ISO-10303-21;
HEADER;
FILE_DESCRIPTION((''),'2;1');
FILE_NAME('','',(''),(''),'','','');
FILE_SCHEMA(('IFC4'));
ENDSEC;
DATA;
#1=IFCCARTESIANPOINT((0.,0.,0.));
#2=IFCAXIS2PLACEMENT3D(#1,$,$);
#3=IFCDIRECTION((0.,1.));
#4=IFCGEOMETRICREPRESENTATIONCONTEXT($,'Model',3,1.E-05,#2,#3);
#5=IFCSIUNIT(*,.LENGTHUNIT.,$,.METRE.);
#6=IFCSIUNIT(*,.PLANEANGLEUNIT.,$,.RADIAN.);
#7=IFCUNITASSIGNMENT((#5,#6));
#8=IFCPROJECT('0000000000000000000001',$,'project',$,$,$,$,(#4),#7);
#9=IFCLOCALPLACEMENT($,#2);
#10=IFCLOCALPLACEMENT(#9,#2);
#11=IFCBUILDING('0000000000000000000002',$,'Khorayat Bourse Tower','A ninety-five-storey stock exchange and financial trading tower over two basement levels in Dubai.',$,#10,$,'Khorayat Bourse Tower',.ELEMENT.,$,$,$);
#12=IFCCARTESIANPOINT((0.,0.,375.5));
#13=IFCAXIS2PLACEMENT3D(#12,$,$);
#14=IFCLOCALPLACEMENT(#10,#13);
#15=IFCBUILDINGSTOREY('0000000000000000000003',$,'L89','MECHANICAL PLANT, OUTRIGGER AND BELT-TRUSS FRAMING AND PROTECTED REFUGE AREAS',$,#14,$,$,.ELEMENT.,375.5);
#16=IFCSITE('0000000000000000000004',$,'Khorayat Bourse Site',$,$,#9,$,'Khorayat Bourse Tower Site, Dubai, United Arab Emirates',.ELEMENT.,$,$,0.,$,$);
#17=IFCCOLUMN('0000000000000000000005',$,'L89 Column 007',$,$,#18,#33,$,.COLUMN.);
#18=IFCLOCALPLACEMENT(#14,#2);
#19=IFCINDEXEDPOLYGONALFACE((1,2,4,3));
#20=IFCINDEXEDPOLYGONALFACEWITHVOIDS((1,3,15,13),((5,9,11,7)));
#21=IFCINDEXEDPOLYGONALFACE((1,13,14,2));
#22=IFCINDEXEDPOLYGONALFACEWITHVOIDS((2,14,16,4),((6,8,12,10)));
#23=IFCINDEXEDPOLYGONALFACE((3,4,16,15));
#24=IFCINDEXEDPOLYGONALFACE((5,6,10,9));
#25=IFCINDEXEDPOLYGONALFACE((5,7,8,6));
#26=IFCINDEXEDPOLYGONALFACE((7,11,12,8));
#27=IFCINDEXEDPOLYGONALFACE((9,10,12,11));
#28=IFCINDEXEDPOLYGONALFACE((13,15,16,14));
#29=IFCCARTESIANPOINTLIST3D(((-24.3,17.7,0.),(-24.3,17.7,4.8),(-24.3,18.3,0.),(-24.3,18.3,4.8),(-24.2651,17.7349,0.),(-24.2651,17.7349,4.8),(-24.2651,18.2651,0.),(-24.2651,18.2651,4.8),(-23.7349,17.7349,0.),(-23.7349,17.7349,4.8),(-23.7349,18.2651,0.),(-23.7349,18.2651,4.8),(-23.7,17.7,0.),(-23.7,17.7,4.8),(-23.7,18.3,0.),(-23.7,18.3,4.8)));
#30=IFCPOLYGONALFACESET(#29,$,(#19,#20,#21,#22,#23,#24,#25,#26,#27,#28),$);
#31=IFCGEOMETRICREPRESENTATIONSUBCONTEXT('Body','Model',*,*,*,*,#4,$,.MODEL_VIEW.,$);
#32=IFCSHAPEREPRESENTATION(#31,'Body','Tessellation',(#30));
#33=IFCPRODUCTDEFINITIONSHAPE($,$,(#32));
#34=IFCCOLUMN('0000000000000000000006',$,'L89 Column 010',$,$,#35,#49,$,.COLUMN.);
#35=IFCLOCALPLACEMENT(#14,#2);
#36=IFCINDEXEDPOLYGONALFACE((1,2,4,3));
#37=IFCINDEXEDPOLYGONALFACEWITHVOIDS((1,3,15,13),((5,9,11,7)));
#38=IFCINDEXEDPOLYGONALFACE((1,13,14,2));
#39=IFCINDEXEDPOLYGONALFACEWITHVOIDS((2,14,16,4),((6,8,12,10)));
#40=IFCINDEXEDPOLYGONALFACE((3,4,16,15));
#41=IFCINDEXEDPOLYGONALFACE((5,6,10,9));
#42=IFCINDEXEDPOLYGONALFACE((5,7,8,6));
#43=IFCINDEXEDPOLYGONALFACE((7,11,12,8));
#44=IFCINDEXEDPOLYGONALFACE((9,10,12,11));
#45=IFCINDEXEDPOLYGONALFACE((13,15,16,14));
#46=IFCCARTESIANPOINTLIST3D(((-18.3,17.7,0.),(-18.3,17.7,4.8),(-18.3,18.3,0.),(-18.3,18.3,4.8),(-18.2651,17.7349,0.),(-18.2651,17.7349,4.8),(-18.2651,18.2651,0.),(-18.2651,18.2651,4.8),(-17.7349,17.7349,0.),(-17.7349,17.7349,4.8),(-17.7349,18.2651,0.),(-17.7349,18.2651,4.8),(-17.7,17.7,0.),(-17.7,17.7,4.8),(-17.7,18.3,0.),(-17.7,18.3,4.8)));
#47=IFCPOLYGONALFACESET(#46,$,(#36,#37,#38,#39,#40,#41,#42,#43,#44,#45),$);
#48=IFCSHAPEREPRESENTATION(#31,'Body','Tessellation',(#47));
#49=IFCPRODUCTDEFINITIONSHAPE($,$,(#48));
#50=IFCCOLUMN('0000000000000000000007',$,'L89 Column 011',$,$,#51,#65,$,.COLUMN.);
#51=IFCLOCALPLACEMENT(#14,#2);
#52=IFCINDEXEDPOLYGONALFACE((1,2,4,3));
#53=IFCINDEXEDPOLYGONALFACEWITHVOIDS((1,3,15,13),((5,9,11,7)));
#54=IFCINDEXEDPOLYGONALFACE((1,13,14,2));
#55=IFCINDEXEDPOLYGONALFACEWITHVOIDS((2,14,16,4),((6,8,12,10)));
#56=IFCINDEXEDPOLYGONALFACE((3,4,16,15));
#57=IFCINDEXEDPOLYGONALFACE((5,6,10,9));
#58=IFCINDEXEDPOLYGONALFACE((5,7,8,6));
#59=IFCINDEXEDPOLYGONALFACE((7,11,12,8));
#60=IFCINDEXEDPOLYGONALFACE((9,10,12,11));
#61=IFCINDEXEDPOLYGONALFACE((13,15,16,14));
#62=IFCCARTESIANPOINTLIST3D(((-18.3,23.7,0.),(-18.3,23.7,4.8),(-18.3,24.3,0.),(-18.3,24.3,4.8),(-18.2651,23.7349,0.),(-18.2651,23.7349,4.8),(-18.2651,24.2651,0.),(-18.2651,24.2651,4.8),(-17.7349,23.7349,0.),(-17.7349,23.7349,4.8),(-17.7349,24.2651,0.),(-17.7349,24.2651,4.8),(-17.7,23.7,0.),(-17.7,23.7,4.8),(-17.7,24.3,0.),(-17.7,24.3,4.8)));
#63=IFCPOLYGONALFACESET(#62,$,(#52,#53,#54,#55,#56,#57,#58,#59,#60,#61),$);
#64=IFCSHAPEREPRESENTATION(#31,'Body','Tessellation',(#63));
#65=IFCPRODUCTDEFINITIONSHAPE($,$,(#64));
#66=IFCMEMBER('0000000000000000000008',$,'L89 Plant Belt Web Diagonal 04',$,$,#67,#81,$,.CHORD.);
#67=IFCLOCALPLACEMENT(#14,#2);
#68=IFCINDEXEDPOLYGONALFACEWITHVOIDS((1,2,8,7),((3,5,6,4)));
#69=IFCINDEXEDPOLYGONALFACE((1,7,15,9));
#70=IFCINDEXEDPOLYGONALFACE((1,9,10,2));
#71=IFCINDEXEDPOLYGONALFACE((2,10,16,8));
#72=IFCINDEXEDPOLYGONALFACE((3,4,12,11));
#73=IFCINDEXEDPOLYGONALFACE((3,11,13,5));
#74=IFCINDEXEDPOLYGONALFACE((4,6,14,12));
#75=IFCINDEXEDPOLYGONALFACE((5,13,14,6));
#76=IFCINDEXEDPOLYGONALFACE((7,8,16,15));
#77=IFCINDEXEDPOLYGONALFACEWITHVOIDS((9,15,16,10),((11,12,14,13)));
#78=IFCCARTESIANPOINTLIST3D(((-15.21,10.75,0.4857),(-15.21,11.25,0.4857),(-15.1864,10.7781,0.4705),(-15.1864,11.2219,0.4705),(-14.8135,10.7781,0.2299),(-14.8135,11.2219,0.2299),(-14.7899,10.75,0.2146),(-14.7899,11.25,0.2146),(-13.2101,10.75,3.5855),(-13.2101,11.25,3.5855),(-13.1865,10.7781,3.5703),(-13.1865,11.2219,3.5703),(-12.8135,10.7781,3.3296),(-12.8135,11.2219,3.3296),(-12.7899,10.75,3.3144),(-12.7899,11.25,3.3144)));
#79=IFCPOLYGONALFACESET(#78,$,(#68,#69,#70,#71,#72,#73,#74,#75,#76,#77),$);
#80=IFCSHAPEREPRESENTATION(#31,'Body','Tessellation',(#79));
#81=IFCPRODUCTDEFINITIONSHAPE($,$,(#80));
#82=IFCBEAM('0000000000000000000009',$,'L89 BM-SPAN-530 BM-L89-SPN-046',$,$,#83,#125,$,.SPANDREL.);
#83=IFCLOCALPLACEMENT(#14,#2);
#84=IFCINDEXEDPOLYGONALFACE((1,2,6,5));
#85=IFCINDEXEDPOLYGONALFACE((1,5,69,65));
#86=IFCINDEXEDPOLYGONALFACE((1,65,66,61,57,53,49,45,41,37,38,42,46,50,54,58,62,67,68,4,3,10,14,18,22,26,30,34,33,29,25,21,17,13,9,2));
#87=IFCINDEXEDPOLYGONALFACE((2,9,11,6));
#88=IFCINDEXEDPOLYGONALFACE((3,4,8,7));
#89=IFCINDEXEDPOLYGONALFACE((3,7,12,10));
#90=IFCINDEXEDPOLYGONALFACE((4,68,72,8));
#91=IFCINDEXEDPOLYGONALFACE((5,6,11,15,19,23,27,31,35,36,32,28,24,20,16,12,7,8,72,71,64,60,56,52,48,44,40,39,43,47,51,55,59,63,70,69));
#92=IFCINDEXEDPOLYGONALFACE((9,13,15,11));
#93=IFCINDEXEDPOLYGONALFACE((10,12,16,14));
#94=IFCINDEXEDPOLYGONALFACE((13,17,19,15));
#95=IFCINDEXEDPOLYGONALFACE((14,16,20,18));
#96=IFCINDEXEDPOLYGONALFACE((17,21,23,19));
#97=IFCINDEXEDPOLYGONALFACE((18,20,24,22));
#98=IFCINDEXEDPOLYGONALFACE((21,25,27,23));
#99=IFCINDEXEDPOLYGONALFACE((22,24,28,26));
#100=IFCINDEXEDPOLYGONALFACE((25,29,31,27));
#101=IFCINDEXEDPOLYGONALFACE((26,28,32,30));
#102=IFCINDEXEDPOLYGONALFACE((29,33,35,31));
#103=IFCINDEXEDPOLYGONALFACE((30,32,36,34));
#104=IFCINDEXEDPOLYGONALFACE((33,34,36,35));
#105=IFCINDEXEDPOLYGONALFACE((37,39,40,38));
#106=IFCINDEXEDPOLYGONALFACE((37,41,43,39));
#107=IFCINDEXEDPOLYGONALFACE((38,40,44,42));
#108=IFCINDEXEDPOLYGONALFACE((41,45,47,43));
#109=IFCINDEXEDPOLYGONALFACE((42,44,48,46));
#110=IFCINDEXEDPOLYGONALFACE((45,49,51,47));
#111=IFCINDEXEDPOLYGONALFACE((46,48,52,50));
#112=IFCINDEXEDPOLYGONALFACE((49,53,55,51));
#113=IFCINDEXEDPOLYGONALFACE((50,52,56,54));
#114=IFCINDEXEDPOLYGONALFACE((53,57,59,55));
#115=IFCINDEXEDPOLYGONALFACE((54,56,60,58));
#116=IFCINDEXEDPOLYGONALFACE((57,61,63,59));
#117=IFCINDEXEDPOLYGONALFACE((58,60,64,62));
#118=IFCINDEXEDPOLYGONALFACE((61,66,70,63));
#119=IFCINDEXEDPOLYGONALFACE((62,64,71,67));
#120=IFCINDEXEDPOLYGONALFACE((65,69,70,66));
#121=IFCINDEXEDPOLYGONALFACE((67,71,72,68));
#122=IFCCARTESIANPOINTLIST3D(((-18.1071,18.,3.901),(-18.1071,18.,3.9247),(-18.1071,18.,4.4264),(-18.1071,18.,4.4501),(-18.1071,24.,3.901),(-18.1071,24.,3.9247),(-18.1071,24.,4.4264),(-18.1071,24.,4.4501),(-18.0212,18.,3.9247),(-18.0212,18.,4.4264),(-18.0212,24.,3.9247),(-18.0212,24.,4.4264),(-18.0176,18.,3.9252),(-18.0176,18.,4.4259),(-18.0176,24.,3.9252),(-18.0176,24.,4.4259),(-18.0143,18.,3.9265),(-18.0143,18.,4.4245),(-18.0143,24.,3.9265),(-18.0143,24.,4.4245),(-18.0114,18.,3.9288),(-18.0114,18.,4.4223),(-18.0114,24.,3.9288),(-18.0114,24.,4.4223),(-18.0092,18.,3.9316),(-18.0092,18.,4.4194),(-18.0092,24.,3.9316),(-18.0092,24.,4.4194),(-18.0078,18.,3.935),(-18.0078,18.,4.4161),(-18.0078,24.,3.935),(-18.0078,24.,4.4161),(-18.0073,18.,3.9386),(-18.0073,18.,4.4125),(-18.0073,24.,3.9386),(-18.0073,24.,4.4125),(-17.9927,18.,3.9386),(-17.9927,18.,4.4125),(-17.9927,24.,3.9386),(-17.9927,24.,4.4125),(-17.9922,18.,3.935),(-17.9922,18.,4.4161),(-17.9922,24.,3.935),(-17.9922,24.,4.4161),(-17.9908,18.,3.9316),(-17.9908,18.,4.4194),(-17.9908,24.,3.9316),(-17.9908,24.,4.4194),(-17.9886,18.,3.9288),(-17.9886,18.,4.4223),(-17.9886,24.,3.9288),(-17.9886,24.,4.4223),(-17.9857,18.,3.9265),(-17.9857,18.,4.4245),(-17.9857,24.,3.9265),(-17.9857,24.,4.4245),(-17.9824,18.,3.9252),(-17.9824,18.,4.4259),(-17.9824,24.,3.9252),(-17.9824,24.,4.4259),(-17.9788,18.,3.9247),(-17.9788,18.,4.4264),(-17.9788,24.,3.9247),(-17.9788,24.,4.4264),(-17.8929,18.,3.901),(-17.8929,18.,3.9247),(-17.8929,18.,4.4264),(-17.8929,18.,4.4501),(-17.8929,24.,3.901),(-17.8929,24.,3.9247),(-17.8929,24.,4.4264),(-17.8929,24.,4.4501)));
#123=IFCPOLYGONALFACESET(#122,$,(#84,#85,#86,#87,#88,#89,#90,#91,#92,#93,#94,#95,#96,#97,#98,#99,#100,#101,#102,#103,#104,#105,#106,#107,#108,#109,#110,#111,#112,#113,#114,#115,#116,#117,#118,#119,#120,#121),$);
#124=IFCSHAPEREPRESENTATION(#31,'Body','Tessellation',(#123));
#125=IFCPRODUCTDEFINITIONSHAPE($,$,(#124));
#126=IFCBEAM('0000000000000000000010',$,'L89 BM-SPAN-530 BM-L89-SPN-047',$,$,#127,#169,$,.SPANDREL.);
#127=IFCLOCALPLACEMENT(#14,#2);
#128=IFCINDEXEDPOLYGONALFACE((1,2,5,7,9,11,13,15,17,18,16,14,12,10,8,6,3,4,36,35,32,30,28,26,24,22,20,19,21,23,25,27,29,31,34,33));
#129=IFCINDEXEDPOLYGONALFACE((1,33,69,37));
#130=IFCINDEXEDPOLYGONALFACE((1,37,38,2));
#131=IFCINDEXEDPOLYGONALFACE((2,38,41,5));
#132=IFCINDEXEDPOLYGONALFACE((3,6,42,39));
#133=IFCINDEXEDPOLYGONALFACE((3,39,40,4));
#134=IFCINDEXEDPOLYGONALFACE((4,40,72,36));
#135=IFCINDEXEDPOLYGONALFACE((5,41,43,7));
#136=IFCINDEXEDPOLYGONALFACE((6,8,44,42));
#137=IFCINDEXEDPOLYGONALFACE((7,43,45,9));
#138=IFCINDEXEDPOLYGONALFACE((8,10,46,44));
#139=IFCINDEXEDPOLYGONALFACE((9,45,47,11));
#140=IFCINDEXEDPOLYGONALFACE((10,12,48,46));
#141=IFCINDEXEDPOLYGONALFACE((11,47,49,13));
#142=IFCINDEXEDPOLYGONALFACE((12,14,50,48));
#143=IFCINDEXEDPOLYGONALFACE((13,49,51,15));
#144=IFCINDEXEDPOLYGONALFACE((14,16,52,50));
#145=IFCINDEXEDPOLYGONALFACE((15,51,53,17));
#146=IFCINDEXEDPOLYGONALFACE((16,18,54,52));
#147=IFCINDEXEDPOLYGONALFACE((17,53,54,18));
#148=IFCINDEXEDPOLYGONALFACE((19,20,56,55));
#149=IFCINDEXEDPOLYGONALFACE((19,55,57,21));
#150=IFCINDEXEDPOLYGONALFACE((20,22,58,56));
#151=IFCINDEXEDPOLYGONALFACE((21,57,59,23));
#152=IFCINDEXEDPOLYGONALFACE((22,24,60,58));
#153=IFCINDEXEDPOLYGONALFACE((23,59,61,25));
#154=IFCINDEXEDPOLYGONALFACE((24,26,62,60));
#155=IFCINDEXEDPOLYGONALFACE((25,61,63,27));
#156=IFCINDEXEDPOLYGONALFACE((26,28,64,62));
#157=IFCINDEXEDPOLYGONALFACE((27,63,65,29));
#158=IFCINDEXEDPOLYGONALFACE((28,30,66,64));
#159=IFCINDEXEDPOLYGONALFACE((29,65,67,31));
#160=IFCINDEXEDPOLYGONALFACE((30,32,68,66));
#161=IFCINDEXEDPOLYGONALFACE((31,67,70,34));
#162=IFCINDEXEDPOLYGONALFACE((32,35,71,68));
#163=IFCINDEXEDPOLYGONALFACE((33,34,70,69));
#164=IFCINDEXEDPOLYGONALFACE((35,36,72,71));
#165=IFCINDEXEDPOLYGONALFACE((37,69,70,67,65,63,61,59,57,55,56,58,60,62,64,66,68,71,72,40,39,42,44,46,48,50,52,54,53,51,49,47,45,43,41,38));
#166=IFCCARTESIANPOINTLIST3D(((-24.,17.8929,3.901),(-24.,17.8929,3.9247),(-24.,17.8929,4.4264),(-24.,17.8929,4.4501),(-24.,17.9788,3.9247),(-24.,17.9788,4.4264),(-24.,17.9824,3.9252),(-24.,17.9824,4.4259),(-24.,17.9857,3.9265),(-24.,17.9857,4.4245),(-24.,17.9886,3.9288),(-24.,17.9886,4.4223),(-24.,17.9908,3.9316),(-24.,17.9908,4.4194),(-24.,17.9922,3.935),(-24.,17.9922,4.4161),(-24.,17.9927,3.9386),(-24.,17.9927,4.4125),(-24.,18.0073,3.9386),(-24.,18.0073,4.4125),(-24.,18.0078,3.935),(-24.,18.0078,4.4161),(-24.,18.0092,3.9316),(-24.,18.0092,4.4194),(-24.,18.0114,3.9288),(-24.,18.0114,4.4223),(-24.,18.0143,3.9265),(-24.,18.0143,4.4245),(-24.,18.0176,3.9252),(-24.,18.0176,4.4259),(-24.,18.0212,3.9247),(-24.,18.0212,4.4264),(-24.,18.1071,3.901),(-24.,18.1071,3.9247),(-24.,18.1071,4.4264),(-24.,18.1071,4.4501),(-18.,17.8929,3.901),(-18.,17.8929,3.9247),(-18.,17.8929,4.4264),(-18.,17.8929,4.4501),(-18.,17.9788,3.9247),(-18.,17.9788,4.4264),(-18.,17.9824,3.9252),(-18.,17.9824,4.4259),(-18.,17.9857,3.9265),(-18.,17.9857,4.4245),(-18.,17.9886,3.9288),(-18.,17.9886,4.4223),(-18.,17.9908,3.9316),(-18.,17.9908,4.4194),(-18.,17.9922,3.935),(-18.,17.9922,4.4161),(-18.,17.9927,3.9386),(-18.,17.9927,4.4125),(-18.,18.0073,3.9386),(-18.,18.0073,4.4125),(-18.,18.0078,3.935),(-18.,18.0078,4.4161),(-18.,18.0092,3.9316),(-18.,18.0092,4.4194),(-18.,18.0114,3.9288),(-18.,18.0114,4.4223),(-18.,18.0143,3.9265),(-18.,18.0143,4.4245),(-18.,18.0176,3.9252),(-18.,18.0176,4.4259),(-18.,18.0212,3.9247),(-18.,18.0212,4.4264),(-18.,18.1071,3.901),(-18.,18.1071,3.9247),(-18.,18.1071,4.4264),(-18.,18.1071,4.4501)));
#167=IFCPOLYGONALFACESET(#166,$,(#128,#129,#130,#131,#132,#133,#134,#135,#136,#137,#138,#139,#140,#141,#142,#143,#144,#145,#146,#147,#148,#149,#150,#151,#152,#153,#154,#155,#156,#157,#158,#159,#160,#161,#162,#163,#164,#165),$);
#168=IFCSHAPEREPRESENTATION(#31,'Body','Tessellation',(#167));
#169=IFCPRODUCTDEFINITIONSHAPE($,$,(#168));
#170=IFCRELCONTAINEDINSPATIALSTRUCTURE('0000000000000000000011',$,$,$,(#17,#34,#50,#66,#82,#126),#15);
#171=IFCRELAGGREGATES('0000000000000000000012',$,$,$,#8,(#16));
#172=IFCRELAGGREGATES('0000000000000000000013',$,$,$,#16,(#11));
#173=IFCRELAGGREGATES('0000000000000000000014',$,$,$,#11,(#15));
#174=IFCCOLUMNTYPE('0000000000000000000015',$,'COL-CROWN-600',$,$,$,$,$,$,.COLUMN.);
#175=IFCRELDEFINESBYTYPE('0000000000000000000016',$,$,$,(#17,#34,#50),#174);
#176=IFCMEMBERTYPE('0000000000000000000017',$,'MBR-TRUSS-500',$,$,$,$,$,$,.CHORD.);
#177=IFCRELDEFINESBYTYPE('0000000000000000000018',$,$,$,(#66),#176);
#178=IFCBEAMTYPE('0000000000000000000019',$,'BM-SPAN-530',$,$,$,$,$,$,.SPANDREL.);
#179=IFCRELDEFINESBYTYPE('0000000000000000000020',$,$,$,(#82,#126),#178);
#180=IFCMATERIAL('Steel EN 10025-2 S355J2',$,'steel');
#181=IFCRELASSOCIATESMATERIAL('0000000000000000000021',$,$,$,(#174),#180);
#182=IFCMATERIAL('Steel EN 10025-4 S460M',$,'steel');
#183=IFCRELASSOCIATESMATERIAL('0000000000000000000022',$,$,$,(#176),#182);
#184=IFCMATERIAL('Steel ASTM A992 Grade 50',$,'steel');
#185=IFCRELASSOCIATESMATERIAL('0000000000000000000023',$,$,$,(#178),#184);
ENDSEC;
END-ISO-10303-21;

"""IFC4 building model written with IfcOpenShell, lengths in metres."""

from ifc_helpers import new_model, si_unit, direction, frame, origin, origin_2d, place, context, subcontext, project, spatial, hollow_rectangle, i_section, extrude, source, transform, mapped, material, material_profile, profile_set, type_object, element, save


model = new_model("IFC4")

# Units and contexts
model_context = context("Model", 3, precision=1e-05, world=origin(), true_north=direction((0.0, 1.0)))
body_context = subcontext(model_context, "Body", "Model", "MODEL_VIEW")
ifc_project = project(units=[si_unit("LENGTHUNIT", "METRE"), si_unit("PLANEANGLEUNIT", "RADIAN")], contexts=[model_context])

# Site, building, storey
site_placement = place(None, origin())
site = spatial("IfcSite", under=ifc_project, at=site_placement, Name="Khorayat Bourse Site", LongName="Khorayat Bourse Tower Site, Dubai, United Arab Emirates", CompositionType="ELEMENT", RefElevation=0.0)
building_placement = place(site_placement, origin())
building = spatial("IfcBuilding", under=site, at=building_placement, Name="Khorayat Bourse Tower", Description="A ninety-five-storey stock exchange and financial trading tower over two basement levels in Dubai.", LongName="Khorayat Bourse Tower", CompositionType="ELEMENT")
storey_placement = place(building_placement, frame((0.0, 0.0, 375.5)))
storey = spatial("IfcBuildingStorey", under=building, at=storey_placement, Name="L89", Description="MECHANICAL PLANT, OUTRIGGER AND BELT-TRUSS FRAMING AND PROTECTED REFUGE AREAS", CompositionType="ELEMENT", Elevation=375.5)

# Columns
ifc_material_1 = material(Name="Steel EN 10025-2 S355J2", Category="steel")
ifc_material_profile_1 = material_profile(ifc_material_1, hollow_rectangle(XDim=0.6001, YDim=0.6001, WallThickness=0.0349, at=origin_2d()), Name="BOX 600x600x35")
ifc_profile_set_1 = profile_set([ifc_material_profile_1], Name="Steel EN 10025-2 S355J2")
column_type = type_object("IfcColumnType", Name="COL-CROWN-600", PredefinedType="COLUMN", material=ifc_profile_set_1)
shared_shape_1 = source(origin(), body_context, "Body", "SweptSolid", [
    extrude(hollow_rectangle(XDim=0.6001, YDim=0.6001, WallThickness=0.0349, at=origin_2d()), origin(), (0.0, 0.0, 1.0), 4.8),
])
for number, where, z_axis, x_axis, name in (
    (1, (-24.0, 18.0, 0.0), (0.0, 0.0, 1.0), (1.0, 0.0, 0.0), "L89 Column 007"),
    (2, (-18.0, 18.0, 0.0), (0.0, 0.0, 1.0), (1.0, 0.0, 0.0), "L89 Column 010"),
    (3, (-18.0, 24.0, 0.0), (0.0, 0.0, 1.0), (1.0, 0.0, 0.0), "L89 Column 011"),
):
    element("IfcColumn", number, at=place(storey_placement, frame(where, z_axis=z_axis, x_axis=x_axis)), inside=storey, type_object=column_type, Name=name, PredefinedType="COLUMN", context=body_context, shape_type="MappedRepresentation", body=[
        mapped(shared_shape_1, transform((0.0, 0.0, 0.0), scale=1.0)),
    ])

# Member
ifc_material_2 = material(Name="Steel EN 10025-4 S460M", Category="steel")
ifc_material_profile_2 = material_profile(ifc_material_2, hollow_rectangle(XDim=0.5, YDim=0.5, WallThickness=0.0281, at=origin_2d()), Name="HSS 500x500x28")
ifc_profile_set_2 = profile_set([ifc_material_profile_2], Name="Steel EN 10025-4 S460M")
member_type_1 = type_object("IfcMemberType", Name="MBR-TRUSS-500", PredefinedType="CHORD", material=ifc_profile_set_2)
shared_shape_2 = source(origin(), body_context, "Body", "SweptSolid", [
    extrude(hollow_rectangle(XDim=0.5, YDim=0.5, WallThickness=0.0281, at=origin_2d()), origin(), (0.0, 0.0, 1.0), 3.689),
])
member_1_placement = place(storey_placement, frame((-13.0, 11.0, 3.45), z_axis=(-0.542145, 0.0, -0.840285), x_axis=(0.0, -1.0, 0.0)))
element("IfcMember", 4, at=member_1_placement, inside=storey, type_object=member_type_1, Name="L89 Plant Belt Web Diagonal 04", PredefinedType="CHORD", context=body_context, shape_type="MappedRepresentation", body=[
    mapped(shared_shape_2, transform((0.0, 0.0, 0.0), scale=1.0)),
])

# Beams
ifc_material_3 = material(Name="Steel ASTM A992 Grade 50", Category="steel")
ifc_material_profile_3 = material_profile(ifc_material_3, i_section(OverallWidth=0.2141, OverallDepth=0.5491, WebThickness=0.0146, FlangeThickness=0.0237, FilletRadius=0.0139, at=origin_2d()), Name="W530X138")
ifc_profile_set_3 = profile_set([ifc_material_profile_3], Name="Steel ASTM A992 Grade 50")
beam_type_1 = type_object("IfcBeamType", Name="BM-SPAN-530", PredefinedType="SPANDREL", material=ifc_profile_set_3)
shared_shape_3 = source(origin(), body_context, "Body", "SweptSolid", [
    extrude(i_section(OverallWidth=0.2141, OverallDepth=0.5491, WebThickness=0.0146, FlangeThickness=0.0237, FilletRadius=0.0139, at=origin_2d()), origin(), (0.0, 0.0, 1.0), 6.0),
])
for number, where, z_axis, x_axis, name in (
    (5, (-18.0, 18.0, 4.1755), (0.0, 1.0, 0.0), (-1.0, 0.0, 0.0), "L89 BM-SPAN-530 BM-L89-SPN-046"),
    (6, (-24.0, 18.0, 4.1755), (1.0, 0.0, 0.0), (0.0, 1.0, 0.0), "L89 BM-SPAN-530 BM-L89-SPN-047"),
):
    element("IfcBeam", number, at=place(storey_placement, frame(where, z_axis=z_axis, x_axis=x_axis)), inside=storey, type_object=beam_type_1, Name=name, PredefinedType="SPANDREL", context=body_context, shape_type="MappedRepresentation", body=[
        mapped(shared_shape_3, transform((0.0, 0.0, 0.0), scale=1.0)),
    ])

save(model, "model.ifc")
